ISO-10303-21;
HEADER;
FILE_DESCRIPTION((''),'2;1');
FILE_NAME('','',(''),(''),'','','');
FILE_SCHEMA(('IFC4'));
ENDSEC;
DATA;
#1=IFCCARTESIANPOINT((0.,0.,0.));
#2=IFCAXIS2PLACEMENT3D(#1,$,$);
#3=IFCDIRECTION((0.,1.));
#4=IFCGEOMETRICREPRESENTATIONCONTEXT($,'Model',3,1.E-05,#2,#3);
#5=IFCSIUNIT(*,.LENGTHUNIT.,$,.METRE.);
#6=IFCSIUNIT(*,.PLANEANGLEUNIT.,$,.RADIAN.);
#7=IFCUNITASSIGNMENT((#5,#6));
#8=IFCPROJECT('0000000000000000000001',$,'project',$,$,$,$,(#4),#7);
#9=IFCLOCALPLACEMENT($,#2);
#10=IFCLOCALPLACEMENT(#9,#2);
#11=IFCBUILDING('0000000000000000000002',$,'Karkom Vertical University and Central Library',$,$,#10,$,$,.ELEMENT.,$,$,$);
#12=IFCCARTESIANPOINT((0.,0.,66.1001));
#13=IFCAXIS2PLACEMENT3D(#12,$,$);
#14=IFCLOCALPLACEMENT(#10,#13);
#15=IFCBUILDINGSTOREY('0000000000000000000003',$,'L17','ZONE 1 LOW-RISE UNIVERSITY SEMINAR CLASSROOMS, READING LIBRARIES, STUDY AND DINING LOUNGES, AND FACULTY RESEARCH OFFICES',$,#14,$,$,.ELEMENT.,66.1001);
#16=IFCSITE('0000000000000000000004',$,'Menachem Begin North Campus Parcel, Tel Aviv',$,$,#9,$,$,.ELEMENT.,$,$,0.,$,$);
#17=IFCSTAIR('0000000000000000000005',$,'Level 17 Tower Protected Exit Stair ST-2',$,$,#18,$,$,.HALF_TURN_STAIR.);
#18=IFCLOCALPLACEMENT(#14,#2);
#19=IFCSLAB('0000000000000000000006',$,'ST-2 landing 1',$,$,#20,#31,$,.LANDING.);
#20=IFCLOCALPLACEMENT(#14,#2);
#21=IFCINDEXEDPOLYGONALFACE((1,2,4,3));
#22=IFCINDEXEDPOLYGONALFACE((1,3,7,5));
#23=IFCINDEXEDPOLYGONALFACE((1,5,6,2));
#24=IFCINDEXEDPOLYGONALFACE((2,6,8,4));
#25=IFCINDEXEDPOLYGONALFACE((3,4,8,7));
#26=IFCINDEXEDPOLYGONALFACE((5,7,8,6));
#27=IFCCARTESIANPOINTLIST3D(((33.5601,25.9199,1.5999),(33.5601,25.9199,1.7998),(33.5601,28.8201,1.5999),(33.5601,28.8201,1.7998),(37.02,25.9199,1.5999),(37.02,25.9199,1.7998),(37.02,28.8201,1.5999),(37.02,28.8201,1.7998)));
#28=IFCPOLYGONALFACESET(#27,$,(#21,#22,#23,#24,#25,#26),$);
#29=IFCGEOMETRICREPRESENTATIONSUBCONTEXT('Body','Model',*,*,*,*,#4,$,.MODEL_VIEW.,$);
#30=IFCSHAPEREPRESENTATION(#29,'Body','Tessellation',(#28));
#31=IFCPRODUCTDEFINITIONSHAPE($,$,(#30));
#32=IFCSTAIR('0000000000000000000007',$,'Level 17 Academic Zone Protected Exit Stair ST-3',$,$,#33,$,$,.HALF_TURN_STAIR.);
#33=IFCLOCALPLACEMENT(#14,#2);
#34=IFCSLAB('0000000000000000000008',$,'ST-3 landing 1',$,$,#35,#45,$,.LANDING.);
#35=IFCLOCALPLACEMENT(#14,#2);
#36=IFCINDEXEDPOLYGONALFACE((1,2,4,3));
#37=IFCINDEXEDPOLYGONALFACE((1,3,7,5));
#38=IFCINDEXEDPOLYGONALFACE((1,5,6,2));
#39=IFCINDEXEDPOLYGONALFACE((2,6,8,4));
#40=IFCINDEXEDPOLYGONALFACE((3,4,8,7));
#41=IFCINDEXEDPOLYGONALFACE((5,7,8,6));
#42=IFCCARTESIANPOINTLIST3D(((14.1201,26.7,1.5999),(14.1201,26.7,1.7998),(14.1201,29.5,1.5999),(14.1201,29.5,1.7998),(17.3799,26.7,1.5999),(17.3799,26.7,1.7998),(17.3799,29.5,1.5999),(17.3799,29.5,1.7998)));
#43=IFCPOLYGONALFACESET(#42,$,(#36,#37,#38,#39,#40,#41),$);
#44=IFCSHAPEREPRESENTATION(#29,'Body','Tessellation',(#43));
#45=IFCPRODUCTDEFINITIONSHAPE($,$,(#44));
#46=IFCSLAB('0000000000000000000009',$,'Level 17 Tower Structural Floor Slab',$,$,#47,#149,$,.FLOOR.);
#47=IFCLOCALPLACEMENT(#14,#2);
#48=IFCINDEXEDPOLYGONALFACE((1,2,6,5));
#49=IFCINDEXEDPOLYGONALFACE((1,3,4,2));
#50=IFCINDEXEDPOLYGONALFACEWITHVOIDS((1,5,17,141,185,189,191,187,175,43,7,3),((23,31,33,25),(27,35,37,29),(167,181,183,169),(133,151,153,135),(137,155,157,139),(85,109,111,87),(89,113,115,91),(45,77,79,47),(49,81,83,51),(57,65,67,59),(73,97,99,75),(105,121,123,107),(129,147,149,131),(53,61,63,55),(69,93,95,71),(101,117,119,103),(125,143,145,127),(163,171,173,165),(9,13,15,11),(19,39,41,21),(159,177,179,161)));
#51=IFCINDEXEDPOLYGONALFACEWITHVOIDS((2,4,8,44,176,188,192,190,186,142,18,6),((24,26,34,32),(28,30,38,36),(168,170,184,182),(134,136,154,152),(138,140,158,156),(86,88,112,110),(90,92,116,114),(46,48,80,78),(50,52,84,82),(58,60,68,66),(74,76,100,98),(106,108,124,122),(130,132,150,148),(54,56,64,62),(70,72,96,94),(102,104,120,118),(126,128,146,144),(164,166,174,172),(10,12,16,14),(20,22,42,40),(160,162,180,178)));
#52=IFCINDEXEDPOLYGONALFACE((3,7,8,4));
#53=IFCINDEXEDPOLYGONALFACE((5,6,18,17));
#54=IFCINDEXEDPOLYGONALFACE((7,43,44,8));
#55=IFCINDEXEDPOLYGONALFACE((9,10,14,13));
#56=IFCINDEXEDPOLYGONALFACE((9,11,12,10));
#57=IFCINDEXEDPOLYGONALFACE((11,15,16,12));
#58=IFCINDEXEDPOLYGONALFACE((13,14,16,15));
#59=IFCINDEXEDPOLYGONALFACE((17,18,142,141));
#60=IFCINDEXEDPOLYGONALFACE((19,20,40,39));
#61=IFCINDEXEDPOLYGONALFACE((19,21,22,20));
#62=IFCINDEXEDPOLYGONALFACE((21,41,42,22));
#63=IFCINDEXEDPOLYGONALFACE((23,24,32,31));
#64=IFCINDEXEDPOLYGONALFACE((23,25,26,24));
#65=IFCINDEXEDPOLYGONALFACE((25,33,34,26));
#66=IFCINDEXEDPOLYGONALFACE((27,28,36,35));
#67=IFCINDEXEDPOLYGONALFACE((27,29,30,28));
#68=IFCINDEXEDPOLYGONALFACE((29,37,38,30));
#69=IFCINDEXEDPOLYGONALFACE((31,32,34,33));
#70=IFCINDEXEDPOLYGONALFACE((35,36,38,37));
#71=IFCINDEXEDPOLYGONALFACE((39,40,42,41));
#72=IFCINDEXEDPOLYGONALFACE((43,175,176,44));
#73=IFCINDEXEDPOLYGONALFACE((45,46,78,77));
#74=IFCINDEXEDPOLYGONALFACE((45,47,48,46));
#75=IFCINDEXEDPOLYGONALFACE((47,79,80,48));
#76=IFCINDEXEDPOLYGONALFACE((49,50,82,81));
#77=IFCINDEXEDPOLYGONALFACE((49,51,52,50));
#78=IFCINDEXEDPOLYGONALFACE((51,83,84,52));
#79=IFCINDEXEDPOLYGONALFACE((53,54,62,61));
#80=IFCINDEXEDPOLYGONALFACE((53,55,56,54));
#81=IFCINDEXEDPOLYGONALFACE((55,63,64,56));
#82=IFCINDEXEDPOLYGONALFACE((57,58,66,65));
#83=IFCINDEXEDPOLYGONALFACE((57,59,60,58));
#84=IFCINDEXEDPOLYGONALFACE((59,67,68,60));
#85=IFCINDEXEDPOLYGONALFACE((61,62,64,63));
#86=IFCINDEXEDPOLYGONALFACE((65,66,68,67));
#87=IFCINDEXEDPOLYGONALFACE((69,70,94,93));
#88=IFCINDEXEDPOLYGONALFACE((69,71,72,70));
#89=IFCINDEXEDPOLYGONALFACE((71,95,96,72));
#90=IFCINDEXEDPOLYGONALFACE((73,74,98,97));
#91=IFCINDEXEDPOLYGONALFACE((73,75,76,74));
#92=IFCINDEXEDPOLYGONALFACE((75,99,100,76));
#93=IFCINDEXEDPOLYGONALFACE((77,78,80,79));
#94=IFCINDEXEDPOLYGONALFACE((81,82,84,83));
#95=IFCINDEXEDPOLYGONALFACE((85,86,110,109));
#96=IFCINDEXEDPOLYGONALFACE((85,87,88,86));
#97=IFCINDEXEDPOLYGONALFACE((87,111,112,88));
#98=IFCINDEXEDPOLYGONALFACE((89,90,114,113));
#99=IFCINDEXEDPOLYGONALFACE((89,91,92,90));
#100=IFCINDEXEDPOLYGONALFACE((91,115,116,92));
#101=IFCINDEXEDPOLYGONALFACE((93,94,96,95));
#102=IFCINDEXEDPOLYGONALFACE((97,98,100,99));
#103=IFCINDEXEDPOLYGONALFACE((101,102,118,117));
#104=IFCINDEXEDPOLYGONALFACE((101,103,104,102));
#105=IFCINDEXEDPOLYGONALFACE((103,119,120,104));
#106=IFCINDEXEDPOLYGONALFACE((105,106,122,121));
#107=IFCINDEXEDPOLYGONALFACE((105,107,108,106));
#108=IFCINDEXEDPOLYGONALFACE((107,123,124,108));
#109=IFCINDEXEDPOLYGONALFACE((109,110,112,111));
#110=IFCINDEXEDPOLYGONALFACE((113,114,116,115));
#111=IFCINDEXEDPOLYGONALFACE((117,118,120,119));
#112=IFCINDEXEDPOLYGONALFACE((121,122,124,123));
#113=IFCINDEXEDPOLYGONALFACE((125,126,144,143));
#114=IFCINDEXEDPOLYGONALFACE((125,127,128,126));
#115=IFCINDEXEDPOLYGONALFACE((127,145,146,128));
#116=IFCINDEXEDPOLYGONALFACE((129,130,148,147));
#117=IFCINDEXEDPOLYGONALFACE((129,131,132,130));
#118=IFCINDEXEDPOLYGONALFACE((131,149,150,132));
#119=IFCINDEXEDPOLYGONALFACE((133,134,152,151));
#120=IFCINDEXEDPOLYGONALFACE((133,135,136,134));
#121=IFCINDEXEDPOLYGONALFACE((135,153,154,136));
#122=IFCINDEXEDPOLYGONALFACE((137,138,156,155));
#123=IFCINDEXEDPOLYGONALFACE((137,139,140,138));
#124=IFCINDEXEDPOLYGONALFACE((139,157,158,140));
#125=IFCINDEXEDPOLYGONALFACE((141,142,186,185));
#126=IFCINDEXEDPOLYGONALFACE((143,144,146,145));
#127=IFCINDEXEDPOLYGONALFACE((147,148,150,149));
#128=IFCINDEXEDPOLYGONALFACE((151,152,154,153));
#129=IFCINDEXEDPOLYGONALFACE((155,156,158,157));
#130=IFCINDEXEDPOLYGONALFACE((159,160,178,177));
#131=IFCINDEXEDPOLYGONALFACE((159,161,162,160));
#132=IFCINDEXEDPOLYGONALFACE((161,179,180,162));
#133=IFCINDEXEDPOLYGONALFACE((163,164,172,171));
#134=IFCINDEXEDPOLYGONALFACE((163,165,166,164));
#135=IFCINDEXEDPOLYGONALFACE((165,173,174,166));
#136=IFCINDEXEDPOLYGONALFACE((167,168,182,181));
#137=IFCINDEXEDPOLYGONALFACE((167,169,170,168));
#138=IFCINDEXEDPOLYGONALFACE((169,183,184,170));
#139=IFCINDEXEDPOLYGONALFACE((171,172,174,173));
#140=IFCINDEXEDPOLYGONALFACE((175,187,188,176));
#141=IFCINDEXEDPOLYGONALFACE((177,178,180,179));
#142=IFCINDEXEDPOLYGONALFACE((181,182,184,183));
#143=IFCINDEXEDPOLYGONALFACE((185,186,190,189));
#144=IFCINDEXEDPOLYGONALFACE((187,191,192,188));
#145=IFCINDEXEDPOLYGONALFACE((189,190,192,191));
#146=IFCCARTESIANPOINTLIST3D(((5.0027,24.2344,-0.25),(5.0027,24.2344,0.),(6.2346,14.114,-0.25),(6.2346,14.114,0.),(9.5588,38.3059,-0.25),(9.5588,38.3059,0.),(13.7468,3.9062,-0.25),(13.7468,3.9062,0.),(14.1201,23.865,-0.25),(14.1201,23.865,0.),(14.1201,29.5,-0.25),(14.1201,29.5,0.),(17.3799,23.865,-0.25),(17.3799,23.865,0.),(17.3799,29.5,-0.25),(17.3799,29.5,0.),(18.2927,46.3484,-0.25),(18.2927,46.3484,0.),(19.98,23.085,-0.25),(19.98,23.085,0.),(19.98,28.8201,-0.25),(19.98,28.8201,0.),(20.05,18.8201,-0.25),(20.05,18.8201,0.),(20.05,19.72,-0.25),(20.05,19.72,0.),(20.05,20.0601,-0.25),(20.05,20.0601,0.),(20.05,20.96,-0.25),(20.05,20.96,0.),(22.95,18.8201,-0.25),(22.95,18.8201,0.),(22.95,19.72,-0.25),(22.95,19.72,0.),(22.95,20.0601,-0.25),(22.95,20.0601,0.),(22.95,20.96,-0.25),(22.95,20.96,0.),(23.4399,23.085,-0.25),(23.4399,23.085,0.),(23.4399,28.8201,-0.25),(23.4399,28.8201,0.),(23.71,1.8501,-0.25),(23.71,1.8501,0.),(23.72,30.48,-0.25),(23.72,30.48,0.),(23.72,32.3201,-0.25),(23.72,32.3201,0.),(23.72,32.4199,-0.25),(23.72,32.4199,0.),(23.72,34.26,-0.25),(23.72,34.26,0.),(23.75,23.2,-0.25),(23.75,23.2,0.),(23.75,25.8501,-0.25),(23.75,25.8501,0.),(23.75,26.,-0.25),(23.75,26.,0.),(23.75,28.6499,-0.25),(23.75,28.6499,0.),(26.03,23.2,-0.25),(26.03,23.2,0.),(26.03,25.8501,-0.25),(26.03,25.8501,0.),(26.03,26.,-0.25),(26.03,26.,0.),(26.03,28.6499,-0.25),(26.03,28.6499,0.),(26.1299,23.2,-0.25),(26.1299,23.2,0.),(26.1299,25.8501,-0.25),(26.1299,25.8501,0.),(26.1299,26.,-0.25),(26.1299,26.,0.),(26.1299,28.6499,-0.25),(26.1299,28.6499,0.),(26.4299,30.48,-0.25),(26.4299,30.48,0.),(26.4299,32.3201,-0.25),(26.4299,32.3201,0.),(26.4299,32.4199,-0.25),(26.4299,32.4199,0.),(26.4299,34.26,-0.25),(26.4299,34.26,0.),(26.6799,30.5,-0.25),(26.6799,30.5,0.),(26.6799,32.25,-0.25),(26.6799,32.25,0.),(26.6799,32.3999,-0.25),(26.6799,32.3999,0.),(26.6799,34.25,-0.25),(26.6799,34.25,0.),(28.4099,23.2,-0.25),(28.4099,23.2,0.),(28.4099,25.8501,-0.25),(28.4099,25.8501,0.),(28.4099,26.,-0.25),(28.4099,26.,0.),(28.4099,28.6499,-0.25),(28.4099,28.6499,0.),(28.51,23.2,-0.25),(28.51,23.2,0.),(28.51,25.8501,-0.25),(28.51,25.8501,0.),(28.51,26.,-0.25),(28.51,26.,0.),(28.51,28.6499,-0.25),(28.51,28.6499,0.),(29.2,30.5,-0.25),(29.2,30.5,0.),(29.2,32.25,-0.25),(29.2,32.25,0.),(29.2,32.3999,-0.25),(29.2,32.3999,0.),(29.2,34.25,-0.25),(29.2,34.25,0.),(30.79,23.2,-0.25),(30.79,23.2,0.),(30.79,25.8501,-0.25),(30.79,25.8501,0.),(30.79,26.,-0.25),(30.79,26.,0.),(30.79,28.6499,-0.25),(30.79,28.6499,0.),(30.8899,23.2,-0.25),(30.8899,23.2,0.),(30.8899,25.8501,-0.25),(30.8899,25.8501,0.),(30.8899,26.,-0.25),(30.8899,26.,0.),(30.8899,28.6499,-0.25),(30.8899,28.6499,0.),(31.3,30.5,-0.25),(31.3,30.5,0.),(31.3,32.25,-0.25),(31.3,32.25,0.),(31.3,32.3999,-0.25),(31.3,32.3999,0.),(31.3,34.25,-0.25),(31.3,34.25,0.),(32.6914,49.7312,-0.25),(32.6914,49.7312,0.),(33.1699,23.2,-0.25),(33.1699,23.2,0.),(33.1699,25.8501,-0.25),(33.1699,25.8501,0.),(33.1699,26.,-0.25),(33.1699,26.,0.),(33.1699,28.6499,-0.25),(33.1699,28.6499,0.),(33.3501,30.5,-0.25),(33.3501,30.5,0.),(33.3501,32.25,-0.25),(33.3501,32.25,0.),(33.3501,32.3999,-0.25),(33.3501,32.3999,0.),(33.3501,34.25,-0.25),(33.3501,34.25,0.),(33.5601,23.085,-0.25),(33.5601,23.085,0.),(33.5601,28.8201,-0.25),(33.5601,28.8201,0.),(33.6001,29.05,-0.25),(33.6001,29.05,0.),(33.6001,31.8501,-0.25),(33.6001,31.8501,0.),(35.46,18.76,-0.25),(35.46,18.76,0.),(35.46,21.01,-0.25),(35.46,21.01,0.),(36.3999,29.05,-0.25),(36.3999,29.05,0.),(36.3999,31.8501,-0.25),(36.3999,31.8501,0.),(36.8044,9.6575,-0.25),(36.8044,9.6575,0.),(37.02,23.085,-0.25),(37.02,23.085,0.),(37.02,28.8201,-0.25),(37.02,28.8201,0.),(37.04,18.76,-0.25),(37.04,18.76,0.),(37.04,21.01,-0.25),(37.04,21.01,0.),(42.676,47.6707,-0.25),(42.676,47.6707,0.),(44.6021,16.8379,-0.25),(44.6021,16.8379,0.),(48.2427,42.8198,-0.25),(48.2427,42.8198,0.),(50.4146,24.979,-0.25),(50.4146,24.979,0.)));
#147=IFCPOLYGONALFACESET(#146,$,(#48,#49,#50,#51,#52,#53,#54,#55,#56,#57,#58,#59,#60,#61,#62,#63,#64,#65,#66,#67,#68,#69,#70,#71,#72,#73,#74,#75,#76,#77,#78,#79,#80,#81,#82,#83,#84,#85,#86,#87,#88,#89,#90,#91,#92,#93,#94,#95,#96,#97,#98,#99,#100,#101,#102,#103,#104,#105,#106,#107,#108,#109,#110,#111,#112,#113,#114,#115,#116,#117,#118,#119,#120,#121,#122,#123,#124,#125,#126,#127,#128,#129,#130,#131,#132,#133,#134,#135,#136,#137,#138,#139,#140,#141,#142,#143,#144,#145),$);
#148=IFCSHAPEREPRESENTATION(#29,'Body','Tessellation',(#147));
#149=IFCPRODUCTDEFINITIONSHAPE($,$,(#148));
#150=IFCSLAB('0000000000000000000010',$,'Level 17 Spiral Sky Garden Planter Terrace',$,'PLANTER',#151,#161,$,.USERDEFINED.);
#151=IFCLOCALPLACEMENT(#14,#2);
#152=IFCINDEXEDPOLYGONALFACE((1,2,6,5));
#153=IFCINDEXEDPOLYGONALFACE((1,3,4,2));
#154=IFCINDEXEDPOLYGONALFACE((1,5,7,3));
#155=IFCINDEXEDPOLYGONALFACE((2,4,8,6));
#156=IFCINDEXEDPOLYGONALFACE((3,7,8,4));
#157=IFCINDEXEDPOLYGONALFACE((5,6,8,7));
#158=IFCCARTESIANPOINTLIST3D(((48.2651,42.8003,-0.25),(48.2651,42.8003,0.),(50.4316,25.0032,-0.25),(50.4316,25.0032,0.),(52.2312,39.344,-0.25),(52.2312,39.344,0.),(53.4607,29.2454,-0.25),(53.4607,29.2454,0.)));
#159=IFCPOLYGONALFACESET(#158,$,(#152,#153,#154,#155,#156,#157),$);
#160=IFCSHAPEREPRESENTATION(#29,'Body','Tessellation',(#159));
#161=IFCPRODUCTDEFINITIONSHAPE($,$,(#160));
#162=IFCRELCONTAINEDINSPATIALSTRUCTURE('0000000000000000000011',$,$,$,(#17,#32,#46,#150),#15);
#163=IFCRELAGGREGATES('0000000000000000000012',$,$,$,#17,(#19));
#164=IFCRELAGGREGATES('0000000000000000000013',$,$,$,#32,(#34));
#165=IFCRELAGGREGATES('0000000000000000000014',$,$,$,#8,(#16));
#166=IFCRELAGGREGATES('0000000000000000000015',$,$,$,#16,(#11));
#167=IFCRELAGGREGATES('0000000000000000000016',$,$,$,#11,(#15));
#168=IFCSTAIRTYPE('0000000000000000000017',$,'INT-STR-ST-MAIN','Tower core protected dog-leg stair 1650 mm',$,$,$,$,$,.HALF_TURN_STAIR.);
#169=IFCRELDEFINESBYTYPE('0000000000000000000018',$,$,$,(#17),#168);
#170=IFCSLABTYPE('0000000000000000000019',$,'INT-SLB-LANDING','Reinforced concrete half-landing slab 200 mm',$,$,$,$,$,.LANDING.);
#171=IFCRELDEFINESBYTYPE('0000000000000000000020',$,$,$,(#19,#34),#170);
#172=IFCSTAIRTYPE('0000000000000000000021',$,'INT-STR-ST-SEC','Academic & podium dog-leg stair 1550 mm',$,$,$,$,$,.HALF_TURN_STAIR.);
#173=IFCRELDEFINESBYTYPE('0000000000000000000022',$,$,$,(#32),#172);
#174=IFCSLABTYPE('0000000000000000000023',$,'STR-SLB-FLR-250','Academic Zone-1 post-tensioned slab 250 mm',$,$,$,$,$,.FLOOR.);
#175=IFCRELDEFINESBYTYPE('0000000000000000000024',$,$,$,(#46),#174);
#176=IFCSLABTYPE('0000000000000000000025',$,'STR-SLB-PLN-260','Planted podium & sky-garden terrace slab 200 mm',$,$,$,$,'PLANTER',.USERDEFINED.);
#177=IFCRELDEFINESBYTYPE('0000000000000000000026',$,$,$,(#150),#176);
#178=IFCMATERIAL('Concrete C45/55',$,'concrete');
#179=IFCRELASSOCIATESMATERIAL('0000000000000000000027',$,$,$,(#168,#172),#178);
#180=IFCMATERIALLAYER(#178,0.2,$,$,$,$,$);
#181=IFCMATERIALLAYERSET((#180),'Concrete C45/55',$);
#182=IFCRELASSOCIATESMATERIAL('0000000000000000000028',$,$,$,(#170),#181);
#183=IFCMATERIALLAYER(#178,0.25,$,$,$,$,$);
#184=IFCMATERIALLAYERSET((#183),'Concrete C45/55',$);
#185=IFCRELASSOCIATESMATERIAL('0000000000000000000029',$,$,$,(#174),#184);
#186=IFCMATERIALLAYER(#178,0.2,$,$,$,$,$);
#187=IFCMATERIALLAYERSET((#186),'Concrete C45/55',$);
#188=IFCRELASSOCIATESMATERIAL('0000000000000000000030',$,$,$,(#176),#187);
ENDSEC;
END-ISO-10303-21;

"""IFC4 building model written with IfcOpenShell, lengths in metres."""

from ifc_helpers import new_model, si_unit, direction, frame, origin, place, context, subcontext, project, spatial, polyline, outline, extrude, material, layer, layer_set, type_object, element, aggregate, save


model = new_model("IFC4")

# Units and contexts
model_context = context("Model", 3, precision=1e-05, world=origin(), true_north=direction((0.0, 1.0)))
body_context = subcontext(model_context, "Body", "Model", "MODEL_VIEW")
ifc_project = project(units=[si_unit("LENGTHUNIT", "METRE"), si_unit("PLANEANGLEUNIT", "RADIAN")], contexts=[model_context])

# Site, building, storey
site_placement = place(None, origin())
site = spatial("IfcSite", under=ifc_project, at=site_placement, Name="Menachem Begin North Campus Parcel, Tel Aviv", CompositionType="ELEMENT", RefElevation=0.0)
building_placement = place(site_placement, origin())
building = spatial("IfcBuilding", under=site, at=building_placement, Name="Karkom Vertical University and Central Library", CompositionType="ELEMENT")
storey_placement = place(building_placement, frame((0.0, 0.0, 66.1001)))
storey = spatial("IfcBuildingStorey", under=building, at=storey_placement, Name="L17", Description="ZONE 1 LOW-RISE UNIVERSITY SEMINAR CLASSROOMS, READING LIBRARIES, STUDY AND DINING LOUNGES, AND FACULTY RESEARCH OFFICES", CompositionType="ELEMENT", Elevation=66.1001)

# Stairs, slabs
ifc_material_1 = material(Name="Concrete C45/55", Category="concrete")
stair_type_1 = type_object("IfcStairType", Name="INT-STR-ST-MAIN", Description="Tower core protected dog-leg stair 1650 mm", PredefinedType="HALF_TURN_STAIR", material=ifc_material_1)
ifc_layer_1 = layer(ifc_material_1, 0.2)
ifc_layer_set_1 = layer_set([ifc_layer_1], Name="Concrete C45/55")
slab_type_1 = type_object("IfcSlabType", Name="INT-SLB-LANDING", Description="Reinforced concrete half-landing slab 200 mm", PredefinedType="LANDING", material=ifc_layer_set_1)
stair_1_placement = place(storey_placement, origin())
stair_1 = element("IfcStair", 1, at=stair_1_placement, inside=storey, type_object=stair_type_1, Name="Level 17 Tower Protected Exit Stair ST-2", PredefinedType="HALF_TURN_STAIR")
slab_1_placement = place(storey_placement, frame((0.0, 0.0, 1.5999)))
slab_1 = element("IfcSlab", 2, at=slab_1_placement, type_object=slab_type_1, Name="ST-2 landing 1", PredefinedType="LANDING", context=body_context, shape_type="SweptSolid", body=[
    extrude(outline(polyline([(37.02, 25.9199), (37.02, 28.8201), (33.5601, 28.8201), (33.5601, 25.9199), (37.02, 25.9199)])), origin(), (0.0, 0.0, 1.0), 0.2),
])
aggregate(stair_1, [slab_1])
stair_type_2 = type_object("IfcStairType", Name="INT-STR-ST-SEC", Description="Academic & podium dog-leg stair 1550 mm", PredefinedType="HALF_TURN_STAIR", material=ifc_material_1)
stair_2_placement = place(storey_placement, origin())
stair_2 = element("IfcStair", 3, at=stair_2_placement, inside=storey, type_object=stair_type_2, Name="Level 17 Academic Zone Protected Exit Stair ST-3", PredefinedType="HALF_TURN_STAIR")
slab_2_placement = place(storey_placement, frame((0.0, 0.0, 1.5999)))
slab_2 = element("IfcSlab", 4, at=slab_2_placement, type_object=slab_type_1, Name="ST-3 landing 1", PredefinedType="LANDING", context=body_context, shape_type="SweptSolid", body=[
    extrude(outline(polyline([(17.3799, 26.7), (17.3799, 29.5), (14.1201, 29.5), (14.1201, 26.7), (17.3799, 26.7)])), origin(), (0.0, 0.0, 1.0), 0.2),
])
aggregate(stair_2, [slab_2])

# Slabs
ifc_layer_2 = layer(ifc_material_1, 0.25)
ifc_layer_set_2 = layer_set([ifc_layer_2], Name="Concrete C45/55")
slab_type_2 = type_object("IfcSlabType", Name="STR-SLB-FLR-250", Description="Academic Zone-1 post-tensioned slab 250 mm", PredefinedType="FLOOR", material=ifc_layer_set_2)
slab_3_placement = place(storey_placement, frame((0.0, 0.0, -0.25)))
element("IfcSlab", 5, at=slab_3_placement, inside=storey, type_object=slab_type_2, Name="Level 17 Tower Structural Floor Slab", PredefinedType="FLOOR", context=body_context, shape_type="SweptSolid", body=[
    extrude(outline(polyline([(9.5588, 38.3059), (5.0027, 24.2344), (6.2346, 14.114), (13.7468, 3.9062), (23.71, 1.8501), (36.8044, 9.6575), (44.6021, 16.8379), (50.4146, 24.979), (48.2427, 42.8198), (42.676, 47.6707), (32.6914, 49.7312), (18.2927, 46.3484), (9.5588, 38.3059)]), holes=[polyline([(19.98, 23.085), (23.4399, 23.085), (23.4399, 28.8201), (19.98, 28.8201), (19.98, 23.085)]), polyline([(33.5601, 23.085), (37.02, 23.085), (37.02, 28.8201), (33.5601, 28.8201), (33.5601, 23.085)]), polyline([(14.1201, 23.865), (17.3799, 23.865), (17.3799, 29.5), (14.1201, 29.5), (14.1201, 23.865)]), polyline([(23.75, 23.2), (26.03, 23.2), (26.03, 25.8501), (23.75, 25.8501), (23.75, 23.2)]), polyline([(26.1299, 23.2), (28.4099, 23.2), (28.4099, 25.8501), (26.1299, 25.8501), (26.1299, 23.2)]), polyline([(28.51, 23.2), (30.79, 23.2), (30.79, 25.8501), (28.51, 25.8501), (28.51, 23.2)]), polyline([(30.8899, 23.2), (33.1699, 23.2), (33.1699, 25.8501), (30.8899, 25.8501), (30.8899, 23.2)]), polyline([(23.75, 26.0), (26.03, 26.0), (26.03, 28.6499), (23.75, 28.6499), (23.75, 26.0)]), polyline([(26.1299, 26.0), (28.4099, 26.0), (28.4099, 28.6499), (26.1299, 28.6499), (26.1299, 26.0)]), polyline([(28.51, 26.0), (30.79, 26.0), (30.79, 28.6499), (28.51, 28.6499), (28.51, 26.0)]), polyline([(30.8899, 26.0), (33.1699, 26.0), (33.1699, 28.6499), (30.8899, 28.6499), (30.8899, 26.0)]), polyline([(26.6799, 30.5), (29.2, 30.5), (29.2, 32.25), (26.6799, 32.25), (26.6799, 30.5)]), polyline([(26.6799, 32.3999), (29.2, 32.3999), (29.2, 34.25), (26.6799, 34.25), (26.6799, 32.3999)]), polyline([(31.3, 30.5), (33.3501, 30.5), (33.3501, 32.25), (31.3, 32.25), (31.3, 30.5)]), polyline([(31.3, 32.3999), (33.3501, 32.3999), (33.3501, 34.25), (31.3, 34.25), (31.3, 32.3999)]), polyline([(23.72, 30.48), (26.4299, 30.48), (26.4299, 32.3201), (23.72, 32.3201), (23.72, 30.48)]), polyline([(23.72, 32.4199), (26.4299, 32.4199), (26.4299, 34.26), (23.72, 34.26), (23.72, 32.4199)]), polyline([(33.6001, 29.05), (36.3999, 29.05), (36.3999, 31.8501), (33.6001, 31.8501), (33.6001, 29.05)]), polyline([(20.05, 18.8201), (22.95, 18.8201), (22.95, 19.72), (20.05, 19.72), (20.05, 18.8201)]), polyline([(20.05, 20.0601), (22.95, 20.0601), (22.95, 20.96), (20.05, 20.96), (20.05, 20.0601)]), polyline([(35.46, 18.76), (37.04, 18.76), (37.04, 21.01), (35.46, 21.01), (35.46, 18.76)])]), origin(), (0.0, 0.0, 1.0), 0.25),
])
ifc_layer_3 = layer(ifc_material_1, 0.2)
ifc_layer_set_3 = layer_set([ifc_layer_3], Name="Concrete C45/55")
slab_type_3 = type_object("IfcSlabType", Name="STR-SLB-PLN-260", Description="Planted podium & sky-garden terrace slab 200 mm", ElementType="PLANTER", PredefinedType="USERDEFINED", material=ifc_layer_set_3)
slab_4_placement = place(storey_placement, frame((0.0, 0.0, -0.25)))
element("IfcSlab", 6, at=slab_4_placement, inside=storey, type_object=slab_type_3, Name="Level 17 Spiral Sky Garden Planter Terrace", ObjectType="PLANTER", PredefinedType="USERDEFINED", context=body_context, shape_type="SweptSolid", body=[
    extrude(outline(polyline([(52.2312, 39.344), (53.4607, 29.2454), (50.4316, 25.0032), (48.2651, 42.8003), (52.2312, 39.344)])), origin(), (0.0, 0.0, 1.0), 0.25),
])

save(model, "model.ifc")
